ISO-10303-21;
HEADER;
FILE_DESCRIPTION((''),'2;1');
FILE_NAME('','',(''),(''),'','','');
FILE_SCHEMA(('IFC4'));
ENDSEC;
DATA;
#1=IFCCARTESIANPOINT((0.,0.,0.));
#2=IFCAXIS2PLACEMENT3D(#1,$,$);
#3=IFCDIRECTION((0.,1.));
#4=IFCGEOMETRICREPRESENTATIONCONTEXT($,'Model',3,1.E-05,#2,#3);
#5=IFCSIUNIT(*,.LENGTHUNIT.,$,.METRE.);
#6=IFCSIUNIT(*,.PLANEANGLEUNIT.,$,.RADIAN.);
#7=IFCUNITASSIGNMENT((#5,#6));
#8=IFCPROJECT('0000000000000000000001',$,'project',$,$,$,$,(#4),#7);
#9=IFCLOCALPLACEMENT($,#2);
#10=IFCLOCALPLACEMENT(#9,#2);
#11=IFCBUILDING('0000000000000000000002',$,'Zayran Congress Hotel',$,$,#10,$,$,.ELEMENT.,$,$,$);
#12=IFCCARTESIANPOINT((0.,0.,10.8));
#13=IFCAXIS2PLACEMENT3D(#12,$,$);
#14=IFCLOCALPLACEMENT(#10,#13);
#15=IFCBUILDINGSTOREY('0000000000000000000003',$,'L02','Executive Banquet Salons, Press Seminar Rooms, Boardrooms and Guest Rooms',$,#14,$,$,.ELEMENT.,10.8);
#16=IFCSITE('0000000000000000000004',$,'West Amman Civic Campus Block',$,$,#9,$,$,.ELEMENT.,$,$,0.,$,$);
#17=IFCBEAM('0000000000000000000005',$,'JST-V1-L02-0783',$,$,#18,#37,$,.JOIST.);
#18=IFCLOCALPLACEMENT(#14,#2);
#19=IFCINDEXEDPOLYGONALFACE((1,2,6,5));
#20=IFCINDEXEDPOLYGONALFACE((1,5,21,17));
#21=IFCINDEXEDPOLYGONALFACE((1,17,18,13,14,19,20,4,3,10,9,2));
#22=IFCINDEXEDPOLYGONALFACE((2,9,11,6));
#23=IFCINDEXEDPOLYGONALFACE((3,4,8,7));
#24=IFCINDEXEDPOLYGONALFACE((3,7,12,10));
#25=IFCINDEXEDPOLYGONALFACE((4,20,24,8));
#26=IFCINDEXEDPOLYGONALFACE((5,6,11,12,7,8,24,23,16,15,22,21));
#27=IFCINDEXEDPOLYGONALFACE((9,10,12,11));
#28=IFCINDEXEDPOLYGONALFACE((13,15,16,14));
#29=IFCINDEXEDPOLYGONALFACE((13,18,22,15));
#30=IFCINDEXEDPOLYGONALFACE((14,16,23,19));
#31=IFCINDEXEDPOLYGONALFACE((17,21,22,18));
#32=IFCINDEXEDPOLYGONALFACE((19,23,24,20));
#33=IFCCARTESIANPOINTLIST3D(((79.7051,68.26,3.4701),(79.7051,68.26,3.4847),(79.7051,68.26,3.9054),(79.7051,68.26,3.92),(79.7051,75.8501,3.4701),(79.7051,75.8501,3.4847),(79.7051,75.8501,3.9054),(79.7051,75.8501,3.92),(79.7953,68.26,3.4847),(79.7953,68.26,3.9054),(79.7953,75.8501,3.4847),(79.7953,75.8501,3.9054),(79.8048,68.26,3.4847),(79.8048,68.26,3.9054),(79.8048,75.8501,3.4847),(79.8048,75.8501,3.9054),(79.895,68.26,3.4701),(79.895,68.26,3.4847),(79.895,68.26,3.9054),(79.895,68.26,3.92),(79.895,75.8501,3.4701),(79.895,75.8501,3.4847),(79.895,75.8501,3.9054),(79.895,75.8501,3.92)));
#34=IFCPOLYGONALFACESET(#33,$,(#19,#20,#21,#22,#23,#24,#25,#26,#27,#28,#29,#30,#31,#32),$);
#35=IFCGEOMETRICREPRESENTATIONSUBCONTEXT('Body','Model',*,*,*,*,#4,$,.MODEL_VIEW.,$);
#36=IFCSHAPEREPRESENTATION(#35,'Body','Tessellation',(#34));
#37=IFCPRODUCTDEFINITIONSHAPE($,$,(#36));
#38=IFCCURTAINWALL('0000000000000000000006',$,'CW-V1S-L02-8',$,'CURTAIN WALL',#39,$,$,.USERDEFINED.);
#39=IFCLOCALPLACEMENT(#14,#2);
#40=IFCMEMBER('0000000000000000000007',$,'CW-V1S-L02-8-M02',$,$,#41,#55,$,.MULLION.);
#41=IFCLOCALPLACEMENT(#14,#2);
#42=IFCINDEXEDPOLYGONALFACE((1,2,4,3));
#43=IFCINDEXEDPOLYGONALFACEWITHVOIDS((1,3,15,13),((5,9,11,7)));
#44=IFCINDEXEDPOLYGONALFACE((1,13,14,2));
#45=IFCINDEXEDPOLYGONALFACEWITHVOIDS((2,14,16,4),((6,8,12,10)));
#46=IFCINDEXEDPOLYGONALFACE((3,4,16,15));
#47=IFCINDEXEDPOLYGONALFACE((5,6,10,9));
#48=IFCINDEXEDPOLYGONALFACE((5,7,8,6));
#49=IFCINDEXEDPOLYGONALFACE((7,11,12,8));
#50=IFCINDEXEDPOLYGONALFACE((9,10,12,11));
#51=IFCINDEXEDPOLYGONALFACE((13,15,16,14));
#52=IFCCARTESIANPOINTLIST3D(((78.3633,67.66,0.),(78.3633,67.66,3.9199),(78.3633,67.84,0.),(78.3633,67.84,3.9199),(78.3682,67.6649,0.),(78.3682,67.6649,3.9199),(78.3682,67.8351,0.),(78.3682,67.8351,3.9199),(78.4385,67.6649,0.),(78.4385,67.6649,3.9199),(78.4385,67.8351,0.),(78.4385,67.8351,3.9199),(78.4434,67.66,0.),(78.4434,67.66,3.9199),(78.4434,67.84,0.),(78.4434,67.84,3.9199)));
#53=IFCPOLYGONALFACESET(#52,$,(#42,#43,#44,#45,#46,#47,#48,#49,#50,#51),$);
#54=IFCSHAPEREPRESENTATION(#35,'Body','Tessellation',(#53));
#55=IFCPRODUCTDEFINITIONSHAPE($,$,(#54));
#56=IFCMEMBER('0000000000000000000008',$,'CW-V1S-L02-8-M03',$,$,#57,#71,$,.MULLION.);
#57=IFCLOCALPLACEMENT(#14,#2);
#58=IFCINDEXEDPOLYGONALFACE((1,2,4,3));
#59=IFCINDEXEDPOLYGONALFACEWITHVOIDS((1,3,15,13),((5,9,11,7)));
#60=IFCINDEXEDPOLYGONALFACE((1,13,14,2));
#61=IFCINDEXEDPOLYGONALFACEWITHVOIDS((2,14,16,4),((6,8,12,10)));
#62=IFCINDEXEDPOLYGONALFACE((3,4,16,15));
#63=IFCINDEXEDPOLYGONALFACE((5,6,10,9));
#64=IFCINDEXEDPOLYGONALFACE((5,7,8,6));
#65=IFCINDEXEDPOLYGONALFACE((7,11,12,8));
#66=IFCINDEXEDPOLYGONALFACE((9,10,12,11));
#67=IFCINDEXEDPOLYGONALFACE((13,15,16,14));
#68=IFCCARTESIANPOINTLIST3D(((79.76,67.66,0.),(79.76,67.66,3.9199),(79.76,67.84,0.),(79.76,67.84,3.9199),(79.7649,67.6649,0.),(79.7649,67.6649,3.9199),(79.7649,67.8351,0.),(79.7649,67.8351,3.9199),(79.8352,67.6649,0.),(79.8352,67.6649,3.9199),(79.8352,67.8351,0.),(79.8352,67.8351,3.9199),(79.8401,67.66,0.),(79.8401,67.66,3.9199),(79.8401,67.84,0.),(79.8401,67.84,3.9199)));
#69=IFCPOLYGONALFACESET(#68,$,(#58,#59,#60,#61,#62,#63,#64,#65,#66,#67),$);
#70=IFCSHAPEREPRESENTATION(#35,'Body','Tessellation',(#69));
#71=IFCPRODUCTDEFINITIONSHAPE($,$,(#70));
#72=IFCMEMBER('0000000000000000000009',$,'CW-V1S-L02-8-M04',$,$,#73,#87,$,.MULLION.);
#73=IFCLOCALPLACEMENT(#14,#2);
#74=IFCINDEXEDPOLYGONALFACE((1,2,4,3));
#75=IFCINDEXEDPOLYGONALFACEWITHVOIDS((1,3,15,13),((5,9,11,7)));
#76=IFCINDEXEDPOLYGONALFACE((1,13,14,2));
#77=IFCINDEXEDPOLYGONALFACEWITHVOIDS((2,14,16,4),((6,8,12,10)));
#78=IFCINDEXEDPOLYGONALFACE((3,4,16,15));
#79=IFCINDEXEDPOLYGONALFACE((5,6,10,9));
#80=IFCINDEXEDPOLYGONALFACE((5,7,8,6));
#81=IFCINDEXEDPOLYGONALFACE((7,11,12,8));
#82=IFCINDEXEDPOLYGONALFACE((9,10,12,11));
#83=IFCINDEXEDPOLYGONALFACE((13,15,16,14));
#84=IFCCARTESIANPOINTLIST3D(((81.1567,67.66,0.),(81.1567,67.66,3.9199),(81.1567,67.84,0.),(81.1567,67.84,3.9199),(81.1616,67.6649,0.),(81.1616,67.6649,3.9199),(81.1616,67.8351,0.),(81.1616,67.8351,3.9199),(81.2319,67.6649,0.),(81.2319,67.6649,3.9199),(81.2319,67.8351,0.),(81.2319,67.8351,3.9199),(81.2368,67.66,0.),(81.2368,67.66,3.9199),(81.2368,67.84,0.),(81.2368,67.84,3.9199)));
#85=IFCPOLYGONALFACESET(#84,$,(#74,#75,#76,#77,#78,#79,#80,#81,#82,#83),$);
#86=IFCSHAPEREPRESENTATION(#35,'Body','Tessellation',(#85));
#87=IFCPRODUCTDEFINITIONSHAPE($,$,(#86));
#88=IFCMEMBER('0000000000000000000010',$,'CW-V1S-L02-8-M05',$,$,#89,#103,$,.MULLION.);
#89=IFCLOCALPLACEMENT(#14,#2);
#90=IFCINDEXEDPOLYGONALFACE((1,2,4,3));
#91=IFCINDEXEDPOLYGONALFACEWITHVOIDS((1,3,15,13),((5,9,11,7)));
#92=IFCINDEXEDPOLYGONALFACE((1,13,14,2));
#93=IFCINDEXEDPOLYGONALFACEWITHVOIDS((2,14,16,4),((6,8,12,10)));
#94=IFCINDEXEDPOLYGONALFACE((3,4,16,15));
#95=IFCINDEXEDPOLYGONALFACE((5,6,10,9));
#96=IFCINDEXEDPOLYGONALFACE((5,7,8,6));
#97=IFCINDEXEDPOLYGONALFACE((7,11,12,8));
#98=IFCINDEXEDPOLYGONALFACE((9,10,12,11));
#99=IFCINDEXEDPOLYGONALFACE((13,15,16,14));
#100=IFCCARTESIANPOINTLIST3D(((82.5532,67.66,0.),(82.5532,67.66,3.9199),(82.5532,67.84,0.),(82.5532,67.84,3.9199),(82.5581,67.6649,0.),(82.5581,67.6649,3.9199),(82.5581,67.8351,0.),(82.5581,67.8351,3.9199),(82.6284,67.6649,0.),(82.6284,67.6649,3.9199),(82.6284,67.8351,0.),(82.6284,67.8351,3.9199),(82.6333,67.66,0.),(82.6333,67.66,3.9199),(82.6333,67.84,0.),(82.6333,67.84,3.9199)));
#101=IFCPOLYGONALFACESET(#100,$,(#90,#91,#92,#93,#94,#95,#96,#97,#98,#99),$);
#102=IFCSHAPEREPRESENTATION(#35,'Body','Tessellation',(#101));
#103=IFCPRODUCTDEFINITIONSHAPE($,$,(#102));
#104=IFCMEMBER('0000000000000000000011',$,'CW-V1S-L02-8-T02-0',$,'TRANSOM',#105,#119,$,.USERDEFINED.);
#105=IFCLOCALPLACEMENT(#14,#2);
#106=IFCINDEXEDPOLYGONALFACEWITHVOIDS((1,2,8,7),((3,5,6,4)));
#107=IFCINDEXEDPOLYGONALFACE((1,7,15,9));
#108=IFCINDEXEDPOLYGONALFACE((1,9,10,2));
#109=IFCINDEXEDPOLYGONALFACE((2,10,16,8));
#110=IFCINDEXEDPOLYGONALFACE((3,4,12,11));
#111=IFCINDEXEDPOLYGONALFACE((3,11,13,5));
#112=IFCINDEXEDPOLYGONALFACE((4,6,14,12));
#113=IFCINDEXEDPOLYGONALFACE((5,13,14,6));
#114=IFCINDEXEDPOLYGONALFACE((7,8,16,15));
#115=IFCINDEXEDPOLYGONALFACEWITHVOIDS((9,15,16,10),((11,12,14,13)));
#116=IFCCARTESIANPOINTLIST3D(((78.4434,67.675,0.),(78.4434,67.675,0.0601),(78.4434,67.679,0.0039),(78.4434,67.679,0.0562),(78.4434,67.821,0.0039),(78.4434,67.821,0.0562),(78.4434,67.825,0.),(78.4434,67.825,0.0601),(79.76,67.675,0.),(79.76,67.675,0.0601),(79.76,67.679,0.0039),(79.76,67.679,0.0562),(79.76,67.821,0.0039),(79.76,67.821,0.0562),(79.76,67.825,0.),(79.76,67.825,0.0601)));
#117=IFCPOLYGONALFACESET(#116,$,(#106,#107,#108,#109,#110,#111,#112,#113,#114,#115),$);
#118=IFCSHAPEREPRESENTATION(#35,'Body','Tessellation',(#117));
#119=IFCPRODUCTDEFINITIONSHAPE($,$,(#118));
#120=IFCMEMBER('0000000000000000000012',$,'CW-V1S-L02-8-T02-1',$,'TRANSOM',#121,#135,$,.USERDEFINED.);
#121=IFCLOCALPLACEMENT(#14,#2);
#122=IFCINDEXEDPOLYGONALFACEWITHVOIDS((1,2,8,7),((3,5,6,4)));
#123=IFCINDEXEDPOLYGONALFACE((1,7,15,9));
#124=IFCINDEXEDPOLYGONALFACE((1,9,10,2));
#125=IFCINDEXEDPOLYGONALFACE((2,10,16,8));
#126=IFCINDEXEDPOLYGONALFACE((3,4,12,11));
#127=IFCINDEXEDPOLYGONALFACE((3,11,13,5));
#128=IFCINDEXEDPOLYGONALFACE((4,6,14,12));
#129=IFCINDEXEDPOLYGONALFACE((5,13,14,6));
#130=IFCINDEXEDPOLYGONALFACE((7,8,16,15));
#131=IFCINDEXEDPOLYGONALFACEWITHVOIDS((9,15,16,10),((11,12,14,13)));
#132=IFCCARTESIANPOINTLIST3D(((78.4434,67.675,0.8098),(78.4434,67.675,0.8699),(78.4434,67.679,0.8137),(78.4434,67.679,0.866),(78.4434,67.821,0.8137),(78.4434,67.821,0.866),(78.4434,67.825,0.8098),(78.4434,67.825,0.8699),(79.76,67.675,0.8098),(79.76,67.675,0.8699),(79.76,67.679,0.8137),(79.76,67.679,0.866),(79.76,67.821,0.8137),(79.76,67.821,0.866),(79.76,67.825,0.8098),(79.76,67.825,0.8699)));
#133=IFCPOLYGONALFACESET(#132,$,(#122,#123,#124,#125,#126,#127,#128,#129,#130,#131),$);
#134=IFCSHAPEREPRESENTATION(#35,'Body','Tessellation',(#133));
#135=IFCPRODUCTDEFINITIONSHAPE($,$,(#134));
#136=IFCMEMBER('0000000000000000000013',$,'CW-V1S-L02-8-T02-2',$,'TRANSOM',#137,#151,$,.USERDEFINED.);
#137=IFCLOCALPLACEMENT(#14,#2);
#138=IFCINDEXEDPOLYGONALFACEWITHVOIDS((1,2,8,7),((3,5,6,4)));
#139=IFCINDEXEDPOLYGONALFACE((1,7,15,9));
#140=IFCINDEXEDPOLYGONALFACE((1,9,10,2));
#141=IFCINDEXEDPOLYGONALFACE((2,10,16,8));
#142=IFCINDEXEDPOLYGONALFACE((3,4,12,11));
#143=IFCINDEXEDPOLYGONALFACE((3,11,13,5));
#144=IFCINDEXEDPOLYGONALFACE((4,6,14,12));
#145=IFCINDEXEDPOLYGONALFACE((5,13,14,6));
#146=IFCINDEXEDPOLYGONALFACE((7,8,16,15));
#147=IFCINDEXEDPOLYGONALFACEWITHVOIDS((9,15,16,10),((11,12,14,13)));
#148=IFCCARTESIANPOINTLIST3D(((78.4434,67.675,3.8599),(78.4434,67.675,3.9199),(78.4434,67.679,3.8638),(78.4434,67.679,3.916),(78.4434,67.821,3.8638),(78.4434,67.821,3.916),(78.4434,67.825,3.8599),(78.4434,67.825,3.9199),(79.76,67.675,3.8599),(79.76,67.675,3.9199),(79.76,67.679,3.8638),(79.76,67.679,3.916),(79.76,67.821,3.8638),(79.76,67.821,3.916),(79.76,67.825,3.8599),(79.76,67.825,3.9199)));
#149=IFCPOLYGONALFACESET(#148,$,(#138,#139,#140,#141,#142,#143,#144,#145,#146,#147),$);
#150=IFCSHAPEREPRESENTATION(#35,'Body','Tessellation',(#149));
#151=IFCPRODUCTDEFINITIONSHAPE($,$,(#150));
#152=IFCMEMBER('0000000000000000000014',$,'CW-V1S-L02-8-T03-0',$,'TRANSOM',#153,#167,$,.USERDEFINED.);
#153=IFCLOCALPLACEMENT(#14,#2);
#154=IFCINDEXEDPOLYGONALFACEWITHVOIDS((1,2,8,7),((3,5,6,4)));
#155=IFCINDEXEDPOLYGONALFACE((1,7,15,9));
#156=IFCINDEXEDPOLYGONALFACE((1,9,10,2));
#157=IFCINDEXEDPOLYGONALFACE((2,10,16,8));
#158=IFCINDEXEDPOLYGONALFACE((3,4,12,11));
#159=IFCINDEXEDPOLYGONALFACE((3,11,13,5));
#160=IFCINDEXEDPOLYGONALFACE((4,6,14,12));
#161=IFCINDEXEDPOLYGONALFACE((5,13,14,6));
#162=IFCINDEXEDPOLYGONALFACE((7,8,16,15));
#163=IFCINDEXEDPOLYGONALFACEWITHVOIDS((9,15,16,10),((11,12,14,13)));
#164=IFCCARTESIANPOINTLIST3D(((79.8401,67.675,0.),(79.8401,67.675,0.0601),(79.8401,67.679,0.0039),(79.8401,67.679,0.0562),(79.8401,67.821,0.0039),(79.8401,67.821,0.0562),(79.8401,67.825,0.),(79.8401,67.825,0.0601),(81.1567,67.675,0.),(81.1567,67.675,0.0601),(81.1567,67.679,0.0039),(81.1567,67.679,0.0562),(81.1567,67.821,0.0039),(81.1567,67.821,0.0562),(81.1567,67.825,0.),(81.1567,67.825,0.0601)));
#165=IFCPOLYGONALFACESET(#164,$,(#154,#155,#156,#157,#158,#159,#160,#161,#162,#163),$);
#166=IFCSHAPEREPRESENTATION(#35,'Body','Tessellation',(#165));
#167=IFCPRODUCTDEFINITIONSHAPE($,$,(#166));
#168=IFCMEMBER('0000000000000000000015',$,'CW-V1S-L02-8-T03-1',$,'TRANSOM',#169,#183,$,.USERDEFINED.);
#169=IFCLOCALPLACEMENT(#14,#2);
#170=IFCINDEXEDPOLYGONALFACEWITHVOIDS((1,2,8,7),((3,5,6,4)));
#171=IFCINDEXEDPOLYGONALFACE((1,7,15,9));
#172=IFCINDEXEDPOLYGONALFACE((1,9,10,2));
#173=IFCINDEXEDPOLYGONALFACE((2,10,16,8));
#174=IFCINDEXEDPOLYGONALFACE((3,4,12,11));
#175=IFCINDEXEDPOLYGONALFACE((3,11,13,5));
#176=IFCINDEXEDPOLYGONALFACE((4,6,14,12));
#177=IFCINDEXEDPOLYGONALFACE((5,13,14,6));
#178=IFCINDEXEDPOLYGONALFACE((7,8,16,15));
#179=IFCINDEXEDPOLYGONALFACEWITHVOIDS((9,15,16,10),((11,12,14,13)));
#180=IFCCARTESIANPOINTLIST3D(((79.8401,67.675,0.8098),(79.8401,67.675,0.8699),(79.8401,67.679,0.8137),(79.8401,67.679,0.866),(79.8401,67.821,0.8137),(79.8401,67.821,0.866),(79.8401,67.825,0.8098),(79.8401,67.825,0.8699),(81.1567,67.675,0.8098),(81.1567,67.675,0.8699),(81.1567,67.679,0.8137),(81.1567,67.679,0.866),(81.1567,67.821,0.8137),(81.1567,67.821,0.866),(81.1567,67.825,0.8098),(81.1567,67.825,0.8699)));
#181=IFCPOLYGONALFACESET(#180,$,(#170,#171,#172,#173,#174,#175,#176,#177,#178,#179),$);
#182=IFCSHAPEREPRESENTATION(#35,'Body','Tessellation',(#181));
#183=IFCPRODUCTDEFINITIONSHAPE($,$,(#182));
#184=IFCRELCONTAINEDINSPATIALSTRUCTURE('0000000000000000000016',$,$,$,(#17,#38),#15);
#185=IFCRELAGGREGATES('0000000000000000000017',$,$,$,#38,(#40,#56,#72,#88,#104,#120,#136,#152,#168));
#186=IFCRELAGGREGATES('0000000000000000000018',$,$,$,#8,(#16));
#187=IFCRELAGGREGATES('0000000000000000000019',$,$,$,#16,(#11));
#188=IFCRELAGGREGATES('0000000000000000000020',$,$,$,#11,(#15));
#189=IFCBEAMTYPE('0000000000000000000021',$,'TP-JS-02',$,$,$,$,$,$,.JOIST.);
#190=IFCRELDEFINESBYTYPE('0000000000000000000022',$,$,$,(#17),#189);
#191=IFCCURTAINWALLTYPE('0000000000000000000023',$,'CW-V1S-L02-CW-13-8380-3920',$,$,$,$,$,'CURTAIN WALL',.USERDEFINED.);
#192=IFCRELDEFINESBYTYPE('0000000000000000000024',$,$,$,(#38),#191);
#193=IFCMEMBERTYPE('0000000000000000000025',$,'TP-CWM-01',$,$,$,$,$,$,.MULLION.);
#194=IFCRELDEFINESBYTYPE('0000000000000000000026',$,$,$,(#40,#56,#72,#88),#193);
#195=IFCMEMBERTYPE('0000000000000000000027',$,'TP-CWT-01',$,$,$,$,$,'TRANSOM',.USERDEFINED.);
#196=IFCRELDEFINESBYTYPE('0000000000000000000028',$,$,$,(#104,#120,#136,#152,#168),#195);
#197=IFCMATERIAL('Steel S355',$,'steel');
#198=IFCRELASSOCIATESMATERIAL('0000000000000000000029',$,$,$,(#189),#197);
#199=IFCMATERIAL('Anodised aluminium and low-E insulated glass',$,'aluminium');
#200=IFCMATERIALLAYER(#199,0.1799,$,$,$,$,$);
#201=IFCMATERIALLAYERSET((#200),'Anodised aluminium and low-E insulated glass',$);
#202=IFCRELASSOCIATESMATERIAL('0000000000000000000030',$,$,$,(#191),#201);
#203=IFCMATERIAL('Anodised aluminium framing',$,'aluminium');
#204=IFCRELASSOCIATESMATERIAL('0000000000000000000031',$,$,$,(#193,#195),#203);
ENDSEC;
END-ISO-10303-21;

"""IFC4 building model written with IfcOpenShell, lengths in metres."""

from ifc_helpers import new_model, si_unit, direction, frame, origin, origin_2d, place, context, subcontext, project, spatial, hollow_rectangle, i_section, extrude, material, layer, layer_set, material_profile, profile_set, type_object, element, aggregate, save


model = new_model("IFC4")

# Units and contexts
model_context = context("Model", 3, precision=1e-05, world=origin(), true_north=direction((0.0, 1.0)))
body_context = subcontext(model_context, "Body", "Model", "MODEL_VIEW")
ifc_project = project(units=[si_unit("LENGTHUNIT", "METRE"), si_unit("PLANEANGLEUNIT", "RADIAN")], contexts=[model_context])

# Site, building, storey
site_placement = place(None, origin())
site = spatial("IfcSite", under=ifc_project, at=site_placement, Name="West Amman Civic Campus Block", CompositionType="ELEMENT", RefElevation=0.0)
building_placement = place(site_placement, origin())
building = spatial("IfcBuilding", under=site, at=building_placement, Name="Zayran Congress Hotel", CompositionType="ELEMENT")
storey_placement = place(building_placement, frame((0.0, 0.0, 10.8)))
storey = spatial("IfcBuildingStorey", under=building, at=storey_placement, Name="L02", Description="Executive Banquet Salons, Press Seminar Rooms, Boardrooms and Guest Rooms", CompositionType="ELEMENT", Elevation=10.8)

# Beam
ifc_material_1 = material(Name="Steel S355", Category="steel")
ifc_material_profile_1 = material_profile(ifc_material_1, i_section(OverallWidth=0.1899, OverallDepth=0.45, WebThickness=0.0095, FlangeThickness=0.0146, at=origin_2d()), Name="IPE 450")
ifc_profile_set_1 = profile_set([ifc_material_profile_1], Name="Steel S355")
beam_type = type_object("IfcBeamType", Name="TP-JS-02", PredefinedType="JOIST", material=ifc_profile_set_1)
beam_placement = place(storey_placement, frame((79.8, 68.26, 3.6951), z_axis=(0.0, 1.0, 0.0), x_axis=(-1.0, 0.0, 0.0)))
element("IfcBeam", 1, at=beam_placement, inside=storey, type_object=beam_type, Name="JST-V1-L02-0783", PredefinedType="JOIST", context=body_context, shape_type="SweptSolid", body=[
    extrude(i_section(OverallWidth=0.1899, OverallDepth=0.45, WebThickness=0.0095, FlangeThickness=0.0146, at=origin_2d()), origin(), (0.0, 0.0, 1.0), 7.5901),
])

# Curtain wall, members
ifc_material_2 = material(Name="Anodised aluminium and low-E insulated glass", Category="aluminium")
ifc_layer_1 = layer(ifc_material_2, 0.1799)
ifc_layer_set_1 = layer_set([ifc_layer_1], Name="Anodised aluminium and low-E insulated glass")
curtain_wall_type = type_object("IfcCurtainWallType", Name="CW-V1S-L02-CW-13-8380-3920", ElementType="CURTAIN WALL", PredefinedType="USERDEFINED", material=ifc_layer_set_1)
curtain_wall_placement = place(storey_placement, origin())
curtain_wall = element("IfcCurtainWall", 2, at=curtain_wall_placement, inside=storey, type_object=curtain_wall_type, Name="CW-V1S-L02-8", ObjectType="CURTAIN WALL", PredefinedType="USERDEFINED")
ifc_material_3 = material(Name="Anodised aluminium framing", Category="aluminium")
ifc_material_profile_2 = material_profile(ifc_material_3, hollow_rectangle(XDim=0.0801, YDim=0.1799, WallThickness=0.0049, at=origin_2d()), Name="RHS 180x80x5")
ifc_profile_set_2 = profile_set([ifc_material_profile_2], Name="Anodised aluminium framing")
member_type_1 = type_object("IfcMemberType", Name="TP-CWM-01", PredefinedType="MULLION", material=ifc_profile_set_2)
member_1_placement = place(storey_placement, frame((78.4033, 67.75, 0.0), z_axis=(0.0, 0.0, 1.0), x_axis=(1.0, 0.0, 0.0)))
member_1 = element("IfcMember", 3, at=member_1_placement, type_object=member_type_1, Name="CW-V1S-L02-8-M02", PredefinedType="MULLION", context=body_context, shape_type="SweptSolid", body=[
    extrude(hollow_rectangle(XDim=0.0801, YDim=0.1799, WallThickness=0.0049, at=origin_2d()), origin(), (0.0, 0.0, 1.0), 3.9199),
])
member_2_placement = place(storey_placement, frame((79.8, 67.75, 0.0), z_axis=(0.0, 0.0, 1.0), x_axis=(1.0, 0.0, 0.0)))
member_2 = element("IfcMember", 4, at=member_2_placement, type_object=member_type_1, Name="CW-V1S-L02-8-M03", PredefinedType="MULLION", context=body_context, shape_type="SweptSolid", body=[
    extrude(hollow_rectangle(XDim=0.0801, YDim=0.1799, WallThickness=0.0049, at=origin_2d()), origin(), (0.0, 0.0, 1.0), 3.9199),
])
member_3_placement = place(storey_placement, frame((81.1968, 67.75, 0.0), z_axis=(0.0, 0.0, 1.0), x_axis=(1.0, 0.0, 0.0)))
member_3 = element("IfcMember", 5, at=member_3_placement, type_object=member_type_1, Name="CW-V1S-L02-8-M04", PredefinedType="MULLION", context=body_context, shape_type="SweptSolid", body=[
    extrude(hollow_rectangle(XDim=0.0801, YDim=0.1799, WallThickness=0.0049, at=origin_2d()), origin(), (0.0, 0.0, 1.0), 3.9199),
])
member_4_placement = place(storey_placement, frame((82.5933, 67.75, 0.0), z_axis=(0.0, 0.0, 1.0), x_axis=(1.0, 0.0, 0.0)))
member_4 = element("IfcMember", 6, at=member_4_placement, type_object=member_type_1, Name="CW-V1S-L02-8-M05", PredefinedType="MULLION", context=body_context, shape_type="SweptSolid", body=[
    extrude(hollow_rectangle(XDim=0.0801, YDim=0.1799, WallThickness=0.0049, at=origin_2d()), origin(), (0.0, 0.0, 1.0), 3.9199),
])
ifc_material_profile_3 = material_profile(ifc_material_3, hollow_rectangle(XDim=0.0601, YDim=0.1499, WallThickness=0.0039, at=origin_2d()), Name="RHS 150x60x4")
ifc_profile_set_3 = profile_set([ifc_material_profile_3], Name="Anodised aluminium framing")
member_type_2 = type_object("IfcMemberType", Name="TP-CWT-01", ElementType="TRANSOM", PredefinedType="USERDEFINED", material=ifc_profile_set_3)
member_5_placement = place(storey_placement, frame((78.4434, 67.75, 0.03), z_axis=(1.0, 0.0, 0.0), x_axis=(0.0, 0.0, 1.0)))
member_5 = element("IfcMember", 7, at=member_5_placement, type_object=member_type_2, Name="CW-V1S-L02-8-T02-0", ObjectType="TRANSOM", PredefinedType="USERDEFINED", context=body_context, shape_type="SweptSolid", body=[
    extrude(hollow_rectangle(XDim=0.0601, YDim=0.1499, WallThickness=0.0039, at=origin_2d()), origin(), (0.0, 0.0, 1.0), 1.3167),
])
member_6_placement = place(storey_placement, frame((78.4434, 67.75, 0.8398), z_axis=(1.0, 0.0, 0.0), x_axis=(0.0, 0.0, 1.0)))
member_6 = element("IfcMember", 8, at=member_6_placement, type_object=member_type_2, Name="CW-V1S-L02-8-T02-1", ObjectType="TRANSOM", PredefinedType="USERDEFINED", context=body_context, shape_type="SweptSolid", body=[
    extrude(hollow_rectangle(XDim=0.0601, YDim=0.1499, WallThickness=0.0039, at=origin_2d()), origin(), (0.0, 0.0, 1.0), 1.3167),
])
member_7_placement = place(storey_placement, frame((78.4434, 67.75, 3.8899), z_axis=(1.0, 0.0, 0.0), x_axis=(0.0, 0.0, 1.0)))
member_7 = element("IfcMember", 9, at=member_7_placement, type_object=member_type_2, Name="CW-V1S-L02-8-T02-2", ObjectType="TRANSOM", PredefinedType="USERDEFINED", context=body_context, shape_type="SweptSolid", body=[
    extrude(hollow_rectangle(XDim=0.0601, YDim=0.1499, WallThickness=0.0039, at=origin_2d()), origin(), (0.0, 0.0, 1.0), 1.3167),
])
member_8_placement = place(storey_placement, frame((79.8401, 67.75, 0.03), z_axis=(1.0, 0.0, 0.0), x_axis=(0.0, 0.0, 1.0)))
member_8 = element("IfcMember", 10, at=member_8_placement, type_object=member_type_2, Name="CW-V1S-L02-8-T03-0", ObjectType="TRANSOM", PredefinedType="USERDEFINED", context=body_context, shape_type="SweptSolid", body=[
    extrude(hollow_rectangle(XDim=0.0601, YDim=0.1499, WallThickness=0.0039, at=origin_2d()), origin(), (0.0, 0.0, 1.0), 1.3167),
])
member_9_placement = place(storey_placement, frame((79.8401, 67.75, 0.8398), z_axis=(1.0, 0.0, 0.0), x_axis=(0.0, 0.0, 1.0)))
member_9 = element("IfcMember", 11, at=member_9_placement, type_object=member_type_2, Name="CW-V1S-L02-8-T03-1", ObjectType="TRANSOM", PredefinedType="USERDEFINED", context=body_context, shape_type="SweptSolid", body=[
    extrude(hollow_rectangle(XDim=0.0601, YDim=0.1499, WallThickness=0.0039, at=origin_2d()), origin(), (0.0, 0.0, 1.0), 1.3167),
])
aggregate(curtain_wall, [member_1, member_2, member_3, member_4, member_5, member_6, member_7, member_8, member_9])

save(model, "model.ifc")
